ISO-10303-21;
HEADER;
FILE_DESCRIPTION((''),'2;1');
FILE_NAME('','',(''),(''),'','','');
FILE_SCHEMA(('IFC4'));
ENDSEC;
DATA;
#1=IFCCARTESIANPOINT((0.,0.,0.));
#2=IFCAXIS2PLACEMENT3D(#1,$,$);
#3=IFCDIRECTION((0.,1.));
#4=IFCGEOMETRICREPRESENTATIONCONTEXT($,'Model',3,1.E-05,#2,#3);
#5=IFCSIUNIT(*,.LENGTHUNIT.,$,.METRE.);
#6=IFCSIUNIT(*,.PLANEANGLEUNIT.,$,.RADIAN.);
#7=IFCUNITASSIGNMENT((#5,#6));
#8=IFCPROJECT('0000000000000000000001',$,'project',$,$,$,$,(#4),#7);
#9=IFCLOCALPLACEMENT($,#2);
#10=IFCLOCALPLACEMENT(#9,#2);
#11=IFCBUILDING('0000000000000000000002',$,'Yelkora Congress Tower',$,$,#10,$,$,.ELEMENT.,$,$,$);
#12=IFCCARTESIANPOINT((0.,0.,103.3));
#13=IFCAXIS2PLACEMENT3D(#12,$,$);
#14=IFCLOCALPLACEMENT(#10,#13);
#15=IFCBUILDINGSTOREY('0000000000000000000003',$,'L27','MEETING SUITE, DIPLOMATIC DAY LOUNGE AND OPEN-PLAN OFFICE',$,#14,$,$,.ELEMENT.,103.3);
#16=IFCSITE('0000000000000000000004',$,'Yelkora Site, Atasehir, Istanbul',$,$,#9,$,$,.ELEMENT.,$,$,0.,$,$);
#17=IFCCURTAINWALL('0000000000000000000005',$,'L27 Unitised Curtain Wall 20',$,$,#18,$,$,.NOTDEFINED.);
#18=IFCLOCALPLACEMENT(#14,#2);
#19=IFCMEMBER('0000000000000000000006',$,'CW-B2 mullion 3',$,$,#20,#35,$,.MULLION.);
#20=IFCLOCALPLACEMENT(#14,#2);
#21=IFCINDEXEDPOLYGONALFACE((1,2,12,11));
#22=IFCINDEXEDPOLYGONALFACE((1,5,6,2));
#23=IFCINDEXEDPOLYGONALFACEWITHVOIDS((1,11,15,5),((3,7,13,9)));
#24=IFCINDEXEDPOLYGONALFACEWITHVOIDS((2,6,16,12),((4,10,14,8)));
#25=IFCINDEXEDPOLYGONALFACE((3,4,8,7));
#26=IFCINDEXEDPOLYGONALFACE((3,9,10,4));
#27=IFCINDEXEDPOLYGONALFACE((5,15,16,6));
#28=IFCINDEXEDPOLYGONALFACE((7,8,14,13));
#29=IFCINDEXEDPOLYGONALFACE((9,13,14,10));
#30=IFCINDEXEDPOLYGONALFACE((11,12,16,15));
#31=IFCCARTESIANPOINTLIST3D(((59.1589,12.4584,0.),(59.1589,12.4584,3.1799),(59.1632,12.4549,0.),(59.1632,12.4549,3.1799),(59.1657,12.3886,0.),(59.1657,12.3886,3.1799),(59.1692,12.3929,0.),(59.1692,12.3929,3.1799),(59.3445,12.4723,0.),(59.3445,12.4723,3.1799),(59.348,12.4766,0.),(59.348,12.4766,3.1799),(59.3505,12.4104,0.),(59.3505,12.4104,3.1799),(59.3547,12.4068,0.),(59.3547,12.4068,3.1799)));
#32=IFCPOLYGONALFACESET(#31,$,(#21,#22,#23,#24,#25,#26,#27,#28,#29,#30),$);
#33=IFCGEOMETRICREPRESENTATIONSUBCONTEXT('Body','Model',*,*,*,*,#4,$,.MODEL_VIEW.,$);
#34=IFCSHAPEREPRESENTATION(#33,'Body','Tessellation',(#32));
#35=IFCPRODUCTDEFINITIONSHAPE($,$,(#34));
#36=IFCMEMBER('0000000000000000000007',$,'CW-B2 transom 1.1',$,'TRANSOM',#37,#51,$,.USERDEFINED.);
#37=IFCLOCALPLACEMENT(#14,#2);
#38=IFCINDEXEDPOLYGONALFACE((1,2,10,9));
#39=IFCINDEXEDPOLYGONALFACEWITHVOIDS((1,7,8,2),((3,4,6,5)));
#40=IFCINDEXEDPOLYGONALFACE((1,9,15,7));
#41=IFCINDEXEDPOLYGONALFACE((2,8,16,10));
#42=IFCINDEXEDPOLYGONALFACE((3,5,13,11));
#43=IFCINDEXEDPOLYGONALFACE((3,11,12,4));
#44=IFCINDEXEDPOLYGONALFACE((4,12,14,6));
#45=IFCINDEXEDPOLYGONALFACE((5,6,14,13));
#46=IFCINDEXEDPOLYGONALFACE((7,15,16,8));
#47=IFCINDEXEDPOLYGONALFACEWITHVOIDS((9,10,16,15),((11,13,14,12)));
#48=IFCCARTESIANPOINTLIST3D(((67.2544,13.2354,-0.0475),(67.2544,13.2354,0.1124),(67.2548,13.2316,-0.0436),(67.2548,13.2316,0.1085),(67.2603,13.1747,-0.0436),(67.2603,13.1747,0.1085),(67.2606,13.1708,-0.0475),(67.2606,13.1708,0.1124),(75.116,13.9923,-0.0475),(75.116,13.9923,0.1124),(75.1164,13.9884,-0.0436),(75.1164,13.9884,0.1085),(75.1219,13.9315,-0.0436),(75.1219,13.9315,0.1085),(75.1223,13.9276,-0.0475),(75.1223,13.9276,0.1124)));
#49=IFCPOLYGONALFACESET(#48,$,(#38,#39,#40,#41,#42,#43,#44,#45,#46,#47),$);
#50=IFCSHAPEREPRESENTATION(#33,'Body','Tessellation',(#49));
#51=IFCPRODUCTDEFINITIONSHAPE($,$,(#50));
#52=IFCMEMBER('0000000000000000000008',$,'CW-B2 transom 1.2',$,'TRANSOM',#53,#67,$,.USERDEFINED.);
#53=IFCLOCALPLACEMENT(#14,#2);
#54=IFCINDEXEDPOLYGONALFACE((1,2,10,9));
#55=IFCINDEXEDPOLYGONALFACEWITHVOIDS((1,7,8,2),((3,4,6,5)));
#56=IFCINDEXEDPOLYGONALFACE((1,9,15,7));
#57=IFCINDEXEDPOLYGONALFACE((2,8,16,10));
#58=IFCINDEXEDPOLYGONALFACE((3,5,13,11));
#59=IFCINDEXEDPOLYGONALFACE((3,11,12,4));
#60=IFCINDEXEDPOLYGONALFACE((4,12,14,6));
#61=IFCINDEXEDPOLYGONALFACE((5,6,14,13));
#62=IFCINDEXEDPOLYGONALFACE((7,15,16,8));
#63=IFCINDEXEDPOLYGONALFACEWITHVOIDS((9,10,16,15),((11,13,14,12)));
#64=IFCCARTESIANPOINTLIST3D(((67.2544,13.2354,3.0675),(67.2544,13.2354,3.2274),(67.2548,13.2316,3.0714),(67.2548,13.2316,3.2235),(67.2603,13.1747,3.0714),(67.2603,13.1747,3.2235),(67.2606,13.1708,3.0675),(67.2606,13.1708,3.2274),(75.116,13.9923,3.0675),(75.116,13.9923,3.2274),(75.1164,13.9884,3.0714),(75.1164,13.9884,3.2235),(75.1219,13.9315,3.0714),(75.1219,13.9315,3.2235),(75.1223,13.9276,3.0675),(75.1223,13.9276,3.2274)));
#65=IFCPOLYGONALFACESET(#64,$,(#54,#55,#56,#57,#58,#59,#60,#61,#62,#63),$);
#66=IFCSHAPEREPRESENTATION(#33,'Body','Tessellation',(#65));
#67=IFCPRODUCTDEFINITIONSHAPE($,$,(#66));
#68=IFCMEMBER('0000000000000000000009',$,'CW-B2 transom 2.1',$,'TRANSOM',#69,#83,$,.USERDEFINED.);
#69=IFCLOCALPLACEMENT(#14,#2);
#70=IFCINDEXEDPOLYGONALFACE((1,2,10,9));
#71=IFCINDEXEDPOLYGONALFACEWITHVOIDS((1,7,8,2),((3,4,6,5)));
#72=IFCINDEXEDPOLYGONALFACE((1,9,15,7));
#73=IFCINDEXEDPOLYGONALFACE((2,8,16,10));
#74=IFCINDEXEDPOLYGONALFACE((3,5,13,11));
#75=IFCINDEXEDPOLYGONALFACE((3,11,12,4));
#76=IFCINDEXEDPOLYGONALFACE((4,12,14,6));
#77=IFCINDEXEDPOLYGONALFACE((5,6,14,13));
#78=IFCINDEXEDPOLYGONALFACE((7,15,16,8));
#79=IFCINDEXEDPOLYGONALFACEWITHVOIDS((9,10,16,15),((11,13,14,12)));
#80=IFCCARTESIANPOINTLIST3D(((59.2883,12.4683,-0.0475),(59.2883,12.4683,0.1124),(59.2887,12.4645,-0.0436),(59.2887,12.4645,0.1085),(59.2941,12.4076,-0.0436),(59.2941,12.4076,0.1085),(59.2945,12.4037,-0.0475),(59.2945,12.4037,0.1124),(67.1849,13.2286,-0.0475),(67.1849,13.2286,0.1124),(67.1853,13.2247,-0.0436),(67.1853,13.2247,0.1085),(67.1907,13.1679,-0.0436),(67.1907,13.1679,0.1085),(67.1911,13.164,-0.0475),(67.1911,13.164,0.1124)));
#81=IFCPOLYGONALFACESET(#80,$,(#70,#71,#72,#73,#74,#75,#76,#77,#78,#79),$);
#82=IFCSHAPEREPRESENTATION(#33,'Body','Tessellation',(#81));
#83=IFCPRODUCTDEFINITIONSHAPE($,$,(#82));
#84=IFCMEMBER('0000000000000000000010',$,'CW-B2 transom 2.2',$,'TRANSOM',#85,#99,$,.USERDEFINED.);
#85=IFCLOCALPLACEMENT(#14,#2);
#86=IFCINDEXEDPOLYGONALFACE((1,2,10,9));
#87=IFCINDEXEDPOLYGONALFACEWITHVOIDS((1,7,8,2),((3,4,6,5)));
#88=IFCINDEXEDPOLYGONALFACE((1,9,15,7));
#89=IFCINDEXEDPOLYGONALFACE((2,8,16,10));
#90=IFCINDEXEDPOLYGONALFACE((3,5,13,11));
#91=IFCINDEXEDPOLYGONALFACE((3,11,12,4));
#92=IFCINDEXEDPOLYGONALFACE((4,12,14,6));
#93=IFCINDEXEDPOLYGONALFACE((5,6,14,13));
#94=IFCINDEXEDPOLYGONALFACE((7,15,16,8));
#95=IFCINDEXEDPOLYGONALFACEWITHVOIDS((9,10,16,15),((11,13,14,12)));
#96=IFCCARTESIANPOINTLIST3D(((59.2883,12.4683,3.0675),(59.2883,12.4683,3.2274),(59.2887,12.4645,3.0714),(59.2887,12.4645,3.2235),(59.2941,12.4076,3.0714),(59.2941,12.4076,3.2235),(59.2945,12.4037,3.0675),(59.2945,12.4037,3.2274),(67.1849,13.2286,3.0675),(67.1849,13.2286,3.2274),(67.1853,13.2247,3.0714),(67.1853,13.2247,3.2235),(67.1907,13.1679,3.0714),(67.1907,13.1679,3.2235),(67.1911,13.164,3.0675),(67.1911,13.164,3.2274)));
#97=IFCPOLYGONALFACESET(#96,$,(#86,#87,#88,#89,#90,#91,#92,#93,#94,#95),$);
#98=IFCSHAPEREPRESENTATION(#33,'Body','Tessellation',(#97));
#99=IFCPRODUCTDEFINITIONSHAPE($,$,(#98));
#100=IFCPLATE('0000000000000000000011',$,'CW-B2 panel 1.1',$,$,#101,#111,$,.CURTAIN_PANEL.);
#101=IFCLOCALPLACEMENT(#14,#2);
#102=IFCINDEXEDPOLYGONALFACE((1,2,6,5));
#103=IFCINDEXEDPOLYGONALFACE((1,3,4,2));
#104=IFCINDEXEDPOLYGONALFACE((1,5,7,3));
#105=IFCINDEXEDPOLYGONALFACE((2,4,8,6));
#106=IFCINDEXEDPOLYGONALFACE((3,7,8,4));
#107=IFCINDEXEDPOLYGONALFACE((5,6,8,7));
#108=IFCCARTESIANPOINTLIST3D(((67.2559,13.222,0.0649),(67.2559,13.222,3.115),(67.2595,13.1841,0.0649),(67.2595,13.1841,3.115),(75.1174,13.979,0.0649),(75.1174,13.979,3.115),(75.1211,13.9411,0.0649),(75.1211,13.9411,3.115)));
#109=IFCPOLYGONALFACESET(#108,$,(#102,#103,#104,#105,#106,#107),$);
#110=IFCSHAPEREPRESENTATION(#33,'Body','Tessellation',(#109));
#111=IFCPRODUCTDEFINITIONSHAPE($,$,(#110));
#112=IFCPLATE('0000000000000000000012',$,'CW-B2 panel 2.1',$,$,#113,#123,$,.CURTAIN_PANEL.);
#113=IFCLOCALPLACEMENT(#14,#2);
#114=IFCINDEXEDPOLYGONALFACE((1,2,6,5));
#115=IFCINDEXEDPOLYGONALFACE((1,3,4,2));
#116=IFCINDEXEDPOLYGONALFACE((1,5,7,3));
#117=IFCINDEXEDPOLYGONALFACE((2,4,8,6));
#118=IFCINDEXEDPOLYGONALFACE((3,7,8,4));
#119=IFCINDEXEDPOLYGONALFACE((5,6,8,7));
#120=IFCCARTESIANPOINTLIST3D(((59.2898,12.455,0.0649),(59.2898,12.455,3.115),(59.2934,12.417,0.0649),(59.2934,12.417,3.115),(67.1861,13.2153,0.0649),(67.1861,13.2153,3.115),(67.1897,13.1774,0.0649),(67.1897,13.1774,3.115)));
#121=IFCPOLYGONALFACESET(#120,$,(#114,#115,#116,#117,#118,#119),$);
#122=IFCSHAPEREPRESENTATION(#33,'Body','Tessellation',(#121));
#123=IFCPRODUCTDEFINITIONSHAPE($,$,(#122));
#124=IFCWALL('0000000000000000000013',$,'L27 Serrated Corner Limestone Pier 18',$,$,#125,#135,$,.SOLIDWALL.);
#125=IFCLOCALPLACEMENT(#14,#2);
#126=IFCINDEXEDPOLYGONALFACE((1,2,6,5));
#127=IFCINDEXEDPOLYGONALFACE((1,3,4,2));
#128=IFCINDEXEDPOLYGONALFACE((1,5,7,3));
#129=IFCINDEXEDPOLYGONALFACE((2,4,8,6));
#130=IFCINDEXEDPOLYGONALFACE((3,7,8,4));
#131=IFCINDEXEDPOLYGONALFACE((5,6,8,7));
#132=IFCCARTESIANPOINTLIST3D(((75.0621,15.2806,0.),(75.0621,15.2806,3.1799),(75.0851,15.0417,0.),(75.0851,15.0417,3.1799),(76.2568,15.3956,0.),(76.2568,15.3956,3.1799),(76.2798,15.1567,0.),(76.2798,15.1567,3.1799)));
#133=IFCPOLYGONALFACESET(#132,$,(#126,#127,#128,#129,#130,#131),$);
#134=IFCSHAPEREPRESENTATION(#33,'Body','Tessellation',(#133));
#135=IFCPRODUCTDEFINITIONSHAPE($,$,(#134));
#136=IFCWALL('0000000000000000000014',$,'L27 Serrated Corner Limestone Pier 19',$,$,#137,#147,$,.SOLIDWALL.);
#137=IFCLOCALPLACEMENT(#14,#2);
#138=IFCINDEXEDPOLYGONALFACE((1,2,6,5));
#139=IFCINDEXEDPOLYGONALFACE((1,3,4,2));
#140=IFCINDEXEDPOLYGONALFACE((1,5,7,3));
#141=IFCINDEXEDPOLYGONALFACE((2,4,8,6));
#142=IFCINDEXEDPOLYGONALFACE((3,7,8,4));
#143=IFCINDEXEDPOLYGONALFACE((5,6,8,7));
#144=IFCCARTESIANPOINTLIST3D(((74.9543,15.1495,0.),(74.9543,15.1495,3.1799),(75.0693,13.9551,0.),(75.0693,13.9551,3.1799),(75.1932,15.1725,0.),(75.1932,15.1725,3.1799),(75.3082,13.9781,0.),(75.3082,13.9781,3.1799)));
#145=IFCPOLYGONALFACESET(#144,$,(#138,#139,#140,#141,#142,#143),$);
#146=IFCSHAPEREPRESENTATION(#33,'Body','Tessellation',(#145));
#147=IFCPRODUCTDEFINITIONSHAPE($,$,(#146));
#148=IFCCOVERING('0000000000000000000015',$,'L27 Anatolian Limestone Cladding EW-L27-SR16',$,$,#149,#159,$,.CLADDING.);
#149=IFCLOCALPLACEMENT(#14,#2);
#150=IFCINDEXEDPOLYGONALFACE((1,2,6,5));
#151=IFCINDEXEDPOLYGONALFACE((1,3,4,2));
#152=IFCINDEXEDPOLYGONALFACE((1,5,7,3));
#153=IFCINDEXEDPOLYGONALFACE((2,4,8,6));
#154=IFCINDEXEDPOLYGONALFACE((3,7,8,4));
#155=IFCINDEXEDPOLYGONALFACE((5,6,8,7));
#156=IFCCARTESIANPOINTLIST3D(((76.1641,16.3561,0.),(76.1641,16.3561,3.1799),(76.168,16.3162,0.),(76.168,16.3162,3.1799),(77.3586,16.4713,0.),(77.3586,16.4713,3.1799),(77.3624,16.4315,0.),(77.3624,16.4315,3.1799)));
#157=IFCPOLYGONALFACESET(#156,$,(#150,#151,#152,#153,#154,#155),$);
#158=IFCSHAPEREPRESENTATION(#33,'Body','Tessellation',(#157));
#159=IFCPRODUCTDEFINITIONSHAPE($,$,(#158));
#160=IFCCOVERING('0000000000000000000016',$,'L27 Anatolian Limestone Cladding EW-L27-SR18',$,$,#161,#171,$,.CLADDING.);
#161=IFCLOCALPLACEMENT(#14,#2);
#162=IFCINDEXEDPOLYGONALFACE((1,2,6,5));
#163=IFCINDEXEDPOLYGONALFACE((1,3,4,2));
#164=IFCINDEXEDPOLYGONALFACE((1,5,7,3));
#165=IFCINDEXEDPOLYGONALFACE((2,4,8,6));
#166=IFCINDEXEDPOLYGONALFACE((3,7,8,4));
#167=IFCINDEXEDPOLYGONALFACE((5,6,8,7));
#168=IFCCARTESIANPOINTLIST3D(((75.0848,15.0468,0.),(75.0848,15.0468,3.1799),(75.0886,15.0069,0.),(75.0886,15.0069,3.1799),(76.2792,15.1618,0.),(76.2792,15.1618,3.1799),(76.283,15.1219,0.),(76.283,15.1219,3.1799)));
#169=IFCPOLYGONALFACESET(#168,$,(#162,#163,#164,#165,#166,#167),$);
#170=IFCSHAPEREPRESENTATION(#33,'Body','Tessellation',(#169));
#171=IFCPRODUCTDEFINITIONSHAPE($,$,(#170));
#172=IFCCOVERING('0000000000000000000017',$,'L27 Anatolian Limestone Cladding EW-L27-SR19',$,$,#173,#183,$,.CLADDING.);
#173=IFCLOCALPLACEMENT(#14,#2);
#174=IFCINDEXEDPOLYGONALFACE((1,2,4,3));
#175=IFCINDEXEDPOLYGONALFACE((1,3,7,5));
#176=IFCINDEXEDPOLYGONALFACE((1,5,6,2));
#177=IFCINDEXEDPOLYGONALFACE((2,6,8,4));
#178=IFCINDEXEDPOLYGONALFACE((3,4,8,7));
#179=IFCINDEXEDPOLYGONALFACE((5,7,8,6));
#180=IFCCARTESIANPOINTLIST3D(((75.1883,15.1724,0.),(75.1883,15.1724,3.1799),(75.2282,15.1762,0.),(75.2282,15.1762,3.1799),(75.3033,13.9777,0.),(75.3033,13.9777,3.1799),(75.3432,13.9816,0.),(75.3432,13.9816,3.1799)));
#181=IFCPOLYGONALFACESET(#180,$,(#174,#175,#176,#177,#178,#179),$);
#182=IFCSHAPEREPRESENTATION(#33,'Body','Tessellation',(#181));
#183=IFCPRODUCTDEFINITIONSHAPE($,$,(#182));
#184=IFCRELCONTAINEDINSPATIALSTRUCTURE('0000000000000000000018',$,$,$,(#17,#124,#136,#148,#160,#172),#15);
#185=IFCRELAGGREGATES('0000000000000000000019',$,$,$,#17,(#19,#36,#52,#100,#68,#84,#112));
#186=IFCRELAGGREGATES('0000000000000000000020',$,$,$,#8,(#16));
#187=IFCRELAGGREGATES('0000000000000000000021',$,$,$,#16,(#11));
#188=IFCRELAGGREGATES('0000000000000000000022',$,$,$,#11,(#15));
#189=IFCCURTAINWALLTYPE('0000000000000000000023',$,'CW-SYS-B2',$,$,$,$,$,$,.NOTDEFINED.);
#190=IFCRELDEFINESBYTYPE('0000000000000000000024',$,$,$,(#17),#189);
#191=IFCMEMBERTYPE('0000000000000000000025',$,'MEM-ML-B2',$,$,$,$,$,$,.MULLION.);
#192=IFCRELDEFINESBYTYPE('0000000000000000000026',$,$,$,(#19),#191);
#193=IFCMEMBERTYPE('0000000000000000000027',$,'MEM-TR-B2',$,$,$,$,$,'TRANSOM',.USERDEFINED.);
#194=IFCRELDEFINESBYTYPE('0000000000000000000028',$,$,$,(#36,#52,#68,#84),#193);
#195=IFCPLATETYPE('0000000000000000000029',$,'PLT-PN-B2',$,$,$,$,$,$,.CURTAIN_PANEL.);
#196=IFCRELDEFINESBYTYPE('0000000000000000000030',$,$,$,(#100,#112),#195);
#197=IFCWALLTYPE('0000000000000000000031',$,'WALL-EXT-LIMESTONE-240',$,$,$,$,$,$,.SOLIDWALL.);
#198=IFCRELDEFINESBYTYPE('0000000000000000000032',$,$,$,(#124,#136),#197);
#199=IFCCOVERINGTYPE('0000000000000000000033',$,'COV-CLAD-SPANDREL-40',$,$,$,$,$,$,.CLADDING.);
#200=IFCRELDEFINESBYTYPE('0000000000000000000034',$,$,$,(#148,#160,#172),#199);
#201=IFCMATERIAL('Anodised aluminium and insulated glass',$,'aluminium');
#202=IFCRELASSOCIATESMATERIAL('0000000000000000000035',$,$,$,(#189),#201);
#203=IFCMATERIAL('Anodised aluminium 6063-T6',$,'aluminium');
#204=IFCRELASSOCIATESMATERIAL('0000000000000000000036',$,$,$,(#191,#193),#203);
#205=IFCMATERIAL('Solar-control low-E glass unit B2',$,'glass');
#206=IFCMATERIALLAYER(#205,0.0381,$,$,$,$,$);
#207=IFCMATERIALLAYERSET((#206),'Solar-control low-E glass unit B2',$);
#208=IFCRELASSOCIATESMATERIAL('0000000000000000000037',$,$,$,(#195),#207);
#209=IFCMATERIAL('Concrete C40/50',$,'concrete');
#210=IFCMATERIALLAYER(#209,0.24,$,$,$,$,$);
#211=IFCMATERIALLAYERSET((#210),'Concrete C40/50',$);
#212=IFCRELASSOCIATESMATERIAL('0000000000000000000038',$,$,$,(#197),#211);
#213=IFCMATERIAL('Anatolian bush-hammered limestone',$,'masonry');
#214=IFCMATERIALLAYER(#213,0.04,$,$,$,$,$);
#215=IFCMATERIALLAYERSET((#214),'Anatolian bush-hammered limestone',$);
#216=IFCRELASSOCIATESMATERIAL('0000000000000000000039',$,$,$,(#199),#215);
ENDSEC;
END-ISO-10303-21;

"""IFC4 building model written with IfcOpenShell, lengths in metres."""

from ifc_helpers import new_model, si_unit, direction, frame, frame_2d, origin, origin_2d, place, context, subcontext, project, spatial, rectangle, hollow_rectangle, extrude, material, layer, layer_set, material_profile, profile_set, type_object, element, aggregate, save


model = new_model("IFC4")

# Units and contexts
model_context = context("Model", 3, precision=1e-05, world=origin(), true_north=direction((0.0, 1.0)))
body_context = subcontext(model_context, "Body", "Model", "MODEL_VIEW")
ifc_project = project(units=[si_unit("LENGTHUNIT", "METRE"), si_unit("PLANEANGLEUNIT", "RADIAN")], contexts=[model_context])

# Site, building, storey
site_placement = place(None, origin())
site = spatial("IfcSite", under=ifc_project, at=site_placement, Name="Yelkora Site, Atasehir, Istanbul", CompositionType="ELEMENT", RefElevation=0.0)
building_placement = place(site_placement, origin())
building = spatial("IfcBuilding", under=site, at=building_placement, Name="Yelkora Congress Tower", CompositionType="ELEMENT")
storey_placement = place(building_placement, frame((0.0, 0.0, 103.3)))
storey = spatial("IfcBuildingStorey", under=building, at=storey_placement, Name="L27", Description="MEETING SUITE, DIPLOMATIC DAY LOUNGE AND OPEN-PLAN OFFICE", CompositionType="ELEMENT", Elevation=103.3)

# Curtain wall, members, plates
ifc_material_1 = material(Name="Anodised aluminium and insulated glass", Category="aluminium")
curtain_wall_type = type_object("IfcCurtainWallType", Name="CW-SYS-B2", PredefinedType="NOTDEFINED", material=ifc_material_1)
curtain_wall_placement = place(storey_placement, origin())
curtain_wall = element("IfcCurtainWall", 1, at=curtain_wall_placement, inside=storey, type_object=curtain_wall_type, Name="L27 Unitised Curtain Wall 20", PredefinedType="NOTDEFINED")
ifc_material_2 = material(Name="Anodised aluminium 6063-T6", Category="aluminium")
ifc_material_profile_1 = material_profile(ifc_material_2, hollow_rectangle(XDim=0.0701, YDim=0.1899, WallThickness=0.0039, at=origin_2d()), Name="ALU 70x190x4")
ifc_profile_set_1 = profile_set([ifc_material_profile_1], Name="Anodised aluminium 6063-T6")
member_type_1 = type_object("IfcMemberType", Name="MEM-ML-B2", PredefinedType="MULLION", material=ifc_profile_set_1)
member_1_placement = place(storey_placement, frame((59.2568, 12.4326, 0.0), z_axis=(0.0, 0.0, 1.0), x_axis=(0.095844, -0.995396, 0.0)))
member_1 = element("IfcMember", 2, at=member_1_placement, type_object=member_type_1, Name="CW-B2 mullion 3", PredefinedType="MULLION", context=body_context, shape_type="SweptSolid", body=[
    extrude(hollow_rectangle(XDim=0.0701, YDim=0.1899, WallThickness=0.0039, at=origin_2d()), origin(), (0.0, 0.0, 1.0), 3.1799),
])
ifc_material_profile_2 = material_profile(ifc_material_2, hollow_rectangle(XDim=0.0649, YDim=0.1599, WallThickness=0.0039, at=origin_2d()), Name="ALU 65x160x4")
ifc_profile_set_2 = profile_set([ifc_material_profile_2], Name="Anodised aluminium 6063-T6")
member_type_2 = type_object("IfcMemberType", Name="MEM-TR-B2", ElementType="TRANSOM", PredefinedType="USERDEFINED", material=ifc_profile_set_2)
member_2_placement = place(storey_placement, frame((75.1191, 13.96, 0.0325), z_axis=(-0.995398, -0.095827, 0.0), x_axis=(0.095827, -0.995398, 0.0)))
member_2 = element("IfcMember", 3, at=member_2_placement, type_object=member_type_2, Name="CW-B2 transom 1.1", ObjectType="TRANSOM", PredefinedType="USERDEFINED", context=body_context, shape_type="SweptSolid", body=[
    extrude(hollow_rectangle(XDim=0.0649, YDim=0.1599, WallThickness=0.0039, at=origin_2d()), origin(), (0.0, 0.0, 1.0), 7.8979),
])
member_3_placement = place(storey_placement, frame((75.1191, 13.96, 3.1475), z_axis=(-0.995398, -0.095827, 0.0), x_axis=(0.095827, -0.995398, 0.0)))
member_3 = element("IfcMember", 4, at=member_3_placement, type_object=member_type_2, Name="CW-B2 transom 1.2", ObjectType="TRANSOM", PredefinedType="USERDEFINED", context=body_context, shape_type="SweptSolid", body=[
    extrude(hollow_rectangle(XDim=0.0649, YDim=0.1599, WallThickness=0.0039, at=origin_2d()), origin(), (0.0, 0.0, 1.0), 7.8979),
])
member_4_placement = place(storey_placement, frame((67.188, 13.1963, 0.0325), z_axis=(-0.995397, -0.095834, 0.0), x_axis=(0.095834, -0.995397, 0.0)))
member_4 = element("IfcMember", 5, at=member_4_placement, type_object=member_type_2, Name="CW-B2 transom 2.1", ObjectType="TRANSOM", PredefinedType="USERDEFINED", context=body_context, shape_type="SweptSolid", body=[
    extrude(hollow_rectangle(XDim=0.0649, YDim=0.1599, WallThickness=0.0039, at=origin_2d()), origin(), (0.0, 0.0, 1.0), 7.9331),
])
member_5_placement = place(storey_placement, frame((67.188, 13.1963, 3.1475), z_axis=(-0.995397, -0.095834, 0.0), x_axis=(0.095834, -0.995397, 0.0)))
member_5 = element("IfcMember", 6, at=member_5_placement, type_object=member_type_2, Name="CW-B2 transom 2.2", ObjectType="TRANSOM", PredefinedType="USERDEFINED", context=body_context, shape_type="SweptSolid", body=[
    extrude(hollow_rectangle(XDim=0.0649, YDim=0.1599, WallThickness=0.0039, at=origin_2d()), origin(), (0.0, 0.0, 1.0), 7.9331),
])
ifc_material_3 = material(Name="Solar-control low-E glass unit B2", Category="glass")
ifc_layer_1 = layer(ifc_material_3, 0.0381)
ifc_layer_set_1 = layer_set([ifc_layer_1], Name="Solar-control low-E glass unit B2")
plate_type = type_object("IfcPlateType", Name="PLT-PN-B2", PredefinedType="CURTAIN_PANEL", material=ifc_layer_set_1)
plate_1_placement = place(storey_placement, frame((71.1885, 13.5815, 0.0649), z_axis=(0.0, 0.0, 1.0), x_axis=(-0.995396, -0.095844, 0.0)))
plate_1 = element("IfcPlate", 7, at=plate_1_placement, type_object=plate_type, Name="CW-B2 panel 1.1", PredefinedType="CURTAIN_PANEL", context=body_context, shape_type="SweptSolid", body=[
    extrude(rectangle(XDim=7.8979, YDim=0.0381, at=origin_2d()), origin(), (0.0, 0.0, 1.0), 3.05),
])
plate_2_placement = place(storey_placement, frame((63.2397, 12.8162, 0.0649), z_axis=(0.0, 0.0, 1.0), x_axis=(-0.995396, -0.095844, 0.0)))
plate_2 = element("IfcPlate", 8, at=plate_2_placement, type_object=plate_type, Name="CW-B2 panel 2.1", PredefinedType="CURTAIN_PANEL", context=body_context, shape_type="SweptSolid", body=[
    extrude(rectangle(XDim=7.9329, YDim=0.0381, at=origin_2d()), origin(), (0.0, 0.0, 1.0), 3.05),
])
aggregate(curtain_wall, [member_1, member_2, member_3, plate_1, member_4, member_5, plate_2])

# Walls
ifc_material_4 = material(Name="Concrete C40/50", Category="concrete")
ifc_layer_2 = layer(ifc_material_4, 0.24)
ifc_layer_set_2 = layer_set([ifc_layer_2], Name="Concrete C40/50")
wall_type = type_object("IfcWallType", Name="WALL-EXT-LIMESTONE-240", PredefinedType="SOLIDWALL", material=ifc_layer_set_2)
wall_1_placement = place(storey_placement, frame((76.2683, 15.2761, 0.0), z_axis=(0.0, 0.0, 1.0), x_axis=(-0.995399, -0.095817, 0.0)))
element("IfcWall", 9, at=wall_1_placement, inside=storey, type_object=wall_type, Name="L27 Serrated Corner Limestone Pier 18", PredefinedType="SOLIDWALL", context=body_context, shape_type="SweptSolid", body=[
    extrude(rectangle(XDim=1.2002, YDim=0.24, at=frame_2d((0.6001, 0.0))), origin(), (0.0, 0.0, 1.0), 3.1799),
])
wall_2_placement = place(storey_placement, frame((75.0737, 15.1611, 0.0), z_axis=(0.0, 0.0, 1.0), x_axis=(0.095836, -0.995397, 0.0)))
element("IfcWall", 10, at=wall_2_placement, inside=storey, type_object=wall_type, Name="L27 Serrated Corner Limestone Pier 19", PredefinedType="SOLIDWALL", context=body_context, shape_type="SweptSolid", body=[
    extrude(rectangle(XDim=1.2, YDim=0.24, at=frame_2d((0.6001, 0.0))), origin(), (0.0, 0.0, 1.0), 3.1799),
])

# Coverings
ifc_material_5 = material(Name="Anatolian bush-hammered limestone", Category="masonry")
ifc_layer_3 = layer(ifc_material_5, 0.04)
ifc_layer_set_3 = layer_set([ifc_layer_3], Name="Anatolian bush-hammered limestone")
covering_type = type_object("IfcCoveringType", Name="COV-CLAD-SPANDREL-40", PredefinedType="CLADDING", material=ifc_layer_set_3)
for number, where, z_axis, x_axis, name in (
    (11, (77.3606, 16.4514, 0.0), (0.0, 0.0, 1.0), (-0.995378, -0.096038, 0.0), "L27 Anatolian Limestone Cladding EW-L27-SR16"),
    (12, (76.2812, 15.1418, 0.0), (0.0, 0.0, 1.0), (-0.995397, -0.095836, 0.0), "L27 Anatolian Limestone Cladding EW-L27-SR18"),
):
    element("IfcCovering", number, at=place(storey_placement, frame(where, z_axis=z_axis, x_axis=x_axis)), inside=storey, type_object=covering_type, Name=name, PredefinedType="CLADDING", context=body_context, shape_type="SweptSolid", body=[
        extrude(rectangle(XDim=1.2, YDim=0.04, at=frame_2d((0.6001, 0.0))), origin(), (0.0, 0.0, 1.0), 3.1799),
    ])
covering_placement = place(storey_placement, frame((75.2083, 15.1743, 0.0), z_axis=(0.0, 0.0, 1.0), x_axis=(0.095817, -0.995399, 0.0)))
element("IfcCovering", 13, at=covering_placement, inside=storey, type_object=covering_type, Name="L27 Anatolian Limestone Cladding EW-L27-SR19", PredefinedType="CLADDING", context=body_context, shape_type="SweptSolid", body=[
    extrude(rectangle(XDim=1.2002, YDim=0.04, at=frame_2d((0.6001, 0.0))), origin(), (0.0, 0.0, 1.0), 3.1799),
])

save(model, "model.ifc")
